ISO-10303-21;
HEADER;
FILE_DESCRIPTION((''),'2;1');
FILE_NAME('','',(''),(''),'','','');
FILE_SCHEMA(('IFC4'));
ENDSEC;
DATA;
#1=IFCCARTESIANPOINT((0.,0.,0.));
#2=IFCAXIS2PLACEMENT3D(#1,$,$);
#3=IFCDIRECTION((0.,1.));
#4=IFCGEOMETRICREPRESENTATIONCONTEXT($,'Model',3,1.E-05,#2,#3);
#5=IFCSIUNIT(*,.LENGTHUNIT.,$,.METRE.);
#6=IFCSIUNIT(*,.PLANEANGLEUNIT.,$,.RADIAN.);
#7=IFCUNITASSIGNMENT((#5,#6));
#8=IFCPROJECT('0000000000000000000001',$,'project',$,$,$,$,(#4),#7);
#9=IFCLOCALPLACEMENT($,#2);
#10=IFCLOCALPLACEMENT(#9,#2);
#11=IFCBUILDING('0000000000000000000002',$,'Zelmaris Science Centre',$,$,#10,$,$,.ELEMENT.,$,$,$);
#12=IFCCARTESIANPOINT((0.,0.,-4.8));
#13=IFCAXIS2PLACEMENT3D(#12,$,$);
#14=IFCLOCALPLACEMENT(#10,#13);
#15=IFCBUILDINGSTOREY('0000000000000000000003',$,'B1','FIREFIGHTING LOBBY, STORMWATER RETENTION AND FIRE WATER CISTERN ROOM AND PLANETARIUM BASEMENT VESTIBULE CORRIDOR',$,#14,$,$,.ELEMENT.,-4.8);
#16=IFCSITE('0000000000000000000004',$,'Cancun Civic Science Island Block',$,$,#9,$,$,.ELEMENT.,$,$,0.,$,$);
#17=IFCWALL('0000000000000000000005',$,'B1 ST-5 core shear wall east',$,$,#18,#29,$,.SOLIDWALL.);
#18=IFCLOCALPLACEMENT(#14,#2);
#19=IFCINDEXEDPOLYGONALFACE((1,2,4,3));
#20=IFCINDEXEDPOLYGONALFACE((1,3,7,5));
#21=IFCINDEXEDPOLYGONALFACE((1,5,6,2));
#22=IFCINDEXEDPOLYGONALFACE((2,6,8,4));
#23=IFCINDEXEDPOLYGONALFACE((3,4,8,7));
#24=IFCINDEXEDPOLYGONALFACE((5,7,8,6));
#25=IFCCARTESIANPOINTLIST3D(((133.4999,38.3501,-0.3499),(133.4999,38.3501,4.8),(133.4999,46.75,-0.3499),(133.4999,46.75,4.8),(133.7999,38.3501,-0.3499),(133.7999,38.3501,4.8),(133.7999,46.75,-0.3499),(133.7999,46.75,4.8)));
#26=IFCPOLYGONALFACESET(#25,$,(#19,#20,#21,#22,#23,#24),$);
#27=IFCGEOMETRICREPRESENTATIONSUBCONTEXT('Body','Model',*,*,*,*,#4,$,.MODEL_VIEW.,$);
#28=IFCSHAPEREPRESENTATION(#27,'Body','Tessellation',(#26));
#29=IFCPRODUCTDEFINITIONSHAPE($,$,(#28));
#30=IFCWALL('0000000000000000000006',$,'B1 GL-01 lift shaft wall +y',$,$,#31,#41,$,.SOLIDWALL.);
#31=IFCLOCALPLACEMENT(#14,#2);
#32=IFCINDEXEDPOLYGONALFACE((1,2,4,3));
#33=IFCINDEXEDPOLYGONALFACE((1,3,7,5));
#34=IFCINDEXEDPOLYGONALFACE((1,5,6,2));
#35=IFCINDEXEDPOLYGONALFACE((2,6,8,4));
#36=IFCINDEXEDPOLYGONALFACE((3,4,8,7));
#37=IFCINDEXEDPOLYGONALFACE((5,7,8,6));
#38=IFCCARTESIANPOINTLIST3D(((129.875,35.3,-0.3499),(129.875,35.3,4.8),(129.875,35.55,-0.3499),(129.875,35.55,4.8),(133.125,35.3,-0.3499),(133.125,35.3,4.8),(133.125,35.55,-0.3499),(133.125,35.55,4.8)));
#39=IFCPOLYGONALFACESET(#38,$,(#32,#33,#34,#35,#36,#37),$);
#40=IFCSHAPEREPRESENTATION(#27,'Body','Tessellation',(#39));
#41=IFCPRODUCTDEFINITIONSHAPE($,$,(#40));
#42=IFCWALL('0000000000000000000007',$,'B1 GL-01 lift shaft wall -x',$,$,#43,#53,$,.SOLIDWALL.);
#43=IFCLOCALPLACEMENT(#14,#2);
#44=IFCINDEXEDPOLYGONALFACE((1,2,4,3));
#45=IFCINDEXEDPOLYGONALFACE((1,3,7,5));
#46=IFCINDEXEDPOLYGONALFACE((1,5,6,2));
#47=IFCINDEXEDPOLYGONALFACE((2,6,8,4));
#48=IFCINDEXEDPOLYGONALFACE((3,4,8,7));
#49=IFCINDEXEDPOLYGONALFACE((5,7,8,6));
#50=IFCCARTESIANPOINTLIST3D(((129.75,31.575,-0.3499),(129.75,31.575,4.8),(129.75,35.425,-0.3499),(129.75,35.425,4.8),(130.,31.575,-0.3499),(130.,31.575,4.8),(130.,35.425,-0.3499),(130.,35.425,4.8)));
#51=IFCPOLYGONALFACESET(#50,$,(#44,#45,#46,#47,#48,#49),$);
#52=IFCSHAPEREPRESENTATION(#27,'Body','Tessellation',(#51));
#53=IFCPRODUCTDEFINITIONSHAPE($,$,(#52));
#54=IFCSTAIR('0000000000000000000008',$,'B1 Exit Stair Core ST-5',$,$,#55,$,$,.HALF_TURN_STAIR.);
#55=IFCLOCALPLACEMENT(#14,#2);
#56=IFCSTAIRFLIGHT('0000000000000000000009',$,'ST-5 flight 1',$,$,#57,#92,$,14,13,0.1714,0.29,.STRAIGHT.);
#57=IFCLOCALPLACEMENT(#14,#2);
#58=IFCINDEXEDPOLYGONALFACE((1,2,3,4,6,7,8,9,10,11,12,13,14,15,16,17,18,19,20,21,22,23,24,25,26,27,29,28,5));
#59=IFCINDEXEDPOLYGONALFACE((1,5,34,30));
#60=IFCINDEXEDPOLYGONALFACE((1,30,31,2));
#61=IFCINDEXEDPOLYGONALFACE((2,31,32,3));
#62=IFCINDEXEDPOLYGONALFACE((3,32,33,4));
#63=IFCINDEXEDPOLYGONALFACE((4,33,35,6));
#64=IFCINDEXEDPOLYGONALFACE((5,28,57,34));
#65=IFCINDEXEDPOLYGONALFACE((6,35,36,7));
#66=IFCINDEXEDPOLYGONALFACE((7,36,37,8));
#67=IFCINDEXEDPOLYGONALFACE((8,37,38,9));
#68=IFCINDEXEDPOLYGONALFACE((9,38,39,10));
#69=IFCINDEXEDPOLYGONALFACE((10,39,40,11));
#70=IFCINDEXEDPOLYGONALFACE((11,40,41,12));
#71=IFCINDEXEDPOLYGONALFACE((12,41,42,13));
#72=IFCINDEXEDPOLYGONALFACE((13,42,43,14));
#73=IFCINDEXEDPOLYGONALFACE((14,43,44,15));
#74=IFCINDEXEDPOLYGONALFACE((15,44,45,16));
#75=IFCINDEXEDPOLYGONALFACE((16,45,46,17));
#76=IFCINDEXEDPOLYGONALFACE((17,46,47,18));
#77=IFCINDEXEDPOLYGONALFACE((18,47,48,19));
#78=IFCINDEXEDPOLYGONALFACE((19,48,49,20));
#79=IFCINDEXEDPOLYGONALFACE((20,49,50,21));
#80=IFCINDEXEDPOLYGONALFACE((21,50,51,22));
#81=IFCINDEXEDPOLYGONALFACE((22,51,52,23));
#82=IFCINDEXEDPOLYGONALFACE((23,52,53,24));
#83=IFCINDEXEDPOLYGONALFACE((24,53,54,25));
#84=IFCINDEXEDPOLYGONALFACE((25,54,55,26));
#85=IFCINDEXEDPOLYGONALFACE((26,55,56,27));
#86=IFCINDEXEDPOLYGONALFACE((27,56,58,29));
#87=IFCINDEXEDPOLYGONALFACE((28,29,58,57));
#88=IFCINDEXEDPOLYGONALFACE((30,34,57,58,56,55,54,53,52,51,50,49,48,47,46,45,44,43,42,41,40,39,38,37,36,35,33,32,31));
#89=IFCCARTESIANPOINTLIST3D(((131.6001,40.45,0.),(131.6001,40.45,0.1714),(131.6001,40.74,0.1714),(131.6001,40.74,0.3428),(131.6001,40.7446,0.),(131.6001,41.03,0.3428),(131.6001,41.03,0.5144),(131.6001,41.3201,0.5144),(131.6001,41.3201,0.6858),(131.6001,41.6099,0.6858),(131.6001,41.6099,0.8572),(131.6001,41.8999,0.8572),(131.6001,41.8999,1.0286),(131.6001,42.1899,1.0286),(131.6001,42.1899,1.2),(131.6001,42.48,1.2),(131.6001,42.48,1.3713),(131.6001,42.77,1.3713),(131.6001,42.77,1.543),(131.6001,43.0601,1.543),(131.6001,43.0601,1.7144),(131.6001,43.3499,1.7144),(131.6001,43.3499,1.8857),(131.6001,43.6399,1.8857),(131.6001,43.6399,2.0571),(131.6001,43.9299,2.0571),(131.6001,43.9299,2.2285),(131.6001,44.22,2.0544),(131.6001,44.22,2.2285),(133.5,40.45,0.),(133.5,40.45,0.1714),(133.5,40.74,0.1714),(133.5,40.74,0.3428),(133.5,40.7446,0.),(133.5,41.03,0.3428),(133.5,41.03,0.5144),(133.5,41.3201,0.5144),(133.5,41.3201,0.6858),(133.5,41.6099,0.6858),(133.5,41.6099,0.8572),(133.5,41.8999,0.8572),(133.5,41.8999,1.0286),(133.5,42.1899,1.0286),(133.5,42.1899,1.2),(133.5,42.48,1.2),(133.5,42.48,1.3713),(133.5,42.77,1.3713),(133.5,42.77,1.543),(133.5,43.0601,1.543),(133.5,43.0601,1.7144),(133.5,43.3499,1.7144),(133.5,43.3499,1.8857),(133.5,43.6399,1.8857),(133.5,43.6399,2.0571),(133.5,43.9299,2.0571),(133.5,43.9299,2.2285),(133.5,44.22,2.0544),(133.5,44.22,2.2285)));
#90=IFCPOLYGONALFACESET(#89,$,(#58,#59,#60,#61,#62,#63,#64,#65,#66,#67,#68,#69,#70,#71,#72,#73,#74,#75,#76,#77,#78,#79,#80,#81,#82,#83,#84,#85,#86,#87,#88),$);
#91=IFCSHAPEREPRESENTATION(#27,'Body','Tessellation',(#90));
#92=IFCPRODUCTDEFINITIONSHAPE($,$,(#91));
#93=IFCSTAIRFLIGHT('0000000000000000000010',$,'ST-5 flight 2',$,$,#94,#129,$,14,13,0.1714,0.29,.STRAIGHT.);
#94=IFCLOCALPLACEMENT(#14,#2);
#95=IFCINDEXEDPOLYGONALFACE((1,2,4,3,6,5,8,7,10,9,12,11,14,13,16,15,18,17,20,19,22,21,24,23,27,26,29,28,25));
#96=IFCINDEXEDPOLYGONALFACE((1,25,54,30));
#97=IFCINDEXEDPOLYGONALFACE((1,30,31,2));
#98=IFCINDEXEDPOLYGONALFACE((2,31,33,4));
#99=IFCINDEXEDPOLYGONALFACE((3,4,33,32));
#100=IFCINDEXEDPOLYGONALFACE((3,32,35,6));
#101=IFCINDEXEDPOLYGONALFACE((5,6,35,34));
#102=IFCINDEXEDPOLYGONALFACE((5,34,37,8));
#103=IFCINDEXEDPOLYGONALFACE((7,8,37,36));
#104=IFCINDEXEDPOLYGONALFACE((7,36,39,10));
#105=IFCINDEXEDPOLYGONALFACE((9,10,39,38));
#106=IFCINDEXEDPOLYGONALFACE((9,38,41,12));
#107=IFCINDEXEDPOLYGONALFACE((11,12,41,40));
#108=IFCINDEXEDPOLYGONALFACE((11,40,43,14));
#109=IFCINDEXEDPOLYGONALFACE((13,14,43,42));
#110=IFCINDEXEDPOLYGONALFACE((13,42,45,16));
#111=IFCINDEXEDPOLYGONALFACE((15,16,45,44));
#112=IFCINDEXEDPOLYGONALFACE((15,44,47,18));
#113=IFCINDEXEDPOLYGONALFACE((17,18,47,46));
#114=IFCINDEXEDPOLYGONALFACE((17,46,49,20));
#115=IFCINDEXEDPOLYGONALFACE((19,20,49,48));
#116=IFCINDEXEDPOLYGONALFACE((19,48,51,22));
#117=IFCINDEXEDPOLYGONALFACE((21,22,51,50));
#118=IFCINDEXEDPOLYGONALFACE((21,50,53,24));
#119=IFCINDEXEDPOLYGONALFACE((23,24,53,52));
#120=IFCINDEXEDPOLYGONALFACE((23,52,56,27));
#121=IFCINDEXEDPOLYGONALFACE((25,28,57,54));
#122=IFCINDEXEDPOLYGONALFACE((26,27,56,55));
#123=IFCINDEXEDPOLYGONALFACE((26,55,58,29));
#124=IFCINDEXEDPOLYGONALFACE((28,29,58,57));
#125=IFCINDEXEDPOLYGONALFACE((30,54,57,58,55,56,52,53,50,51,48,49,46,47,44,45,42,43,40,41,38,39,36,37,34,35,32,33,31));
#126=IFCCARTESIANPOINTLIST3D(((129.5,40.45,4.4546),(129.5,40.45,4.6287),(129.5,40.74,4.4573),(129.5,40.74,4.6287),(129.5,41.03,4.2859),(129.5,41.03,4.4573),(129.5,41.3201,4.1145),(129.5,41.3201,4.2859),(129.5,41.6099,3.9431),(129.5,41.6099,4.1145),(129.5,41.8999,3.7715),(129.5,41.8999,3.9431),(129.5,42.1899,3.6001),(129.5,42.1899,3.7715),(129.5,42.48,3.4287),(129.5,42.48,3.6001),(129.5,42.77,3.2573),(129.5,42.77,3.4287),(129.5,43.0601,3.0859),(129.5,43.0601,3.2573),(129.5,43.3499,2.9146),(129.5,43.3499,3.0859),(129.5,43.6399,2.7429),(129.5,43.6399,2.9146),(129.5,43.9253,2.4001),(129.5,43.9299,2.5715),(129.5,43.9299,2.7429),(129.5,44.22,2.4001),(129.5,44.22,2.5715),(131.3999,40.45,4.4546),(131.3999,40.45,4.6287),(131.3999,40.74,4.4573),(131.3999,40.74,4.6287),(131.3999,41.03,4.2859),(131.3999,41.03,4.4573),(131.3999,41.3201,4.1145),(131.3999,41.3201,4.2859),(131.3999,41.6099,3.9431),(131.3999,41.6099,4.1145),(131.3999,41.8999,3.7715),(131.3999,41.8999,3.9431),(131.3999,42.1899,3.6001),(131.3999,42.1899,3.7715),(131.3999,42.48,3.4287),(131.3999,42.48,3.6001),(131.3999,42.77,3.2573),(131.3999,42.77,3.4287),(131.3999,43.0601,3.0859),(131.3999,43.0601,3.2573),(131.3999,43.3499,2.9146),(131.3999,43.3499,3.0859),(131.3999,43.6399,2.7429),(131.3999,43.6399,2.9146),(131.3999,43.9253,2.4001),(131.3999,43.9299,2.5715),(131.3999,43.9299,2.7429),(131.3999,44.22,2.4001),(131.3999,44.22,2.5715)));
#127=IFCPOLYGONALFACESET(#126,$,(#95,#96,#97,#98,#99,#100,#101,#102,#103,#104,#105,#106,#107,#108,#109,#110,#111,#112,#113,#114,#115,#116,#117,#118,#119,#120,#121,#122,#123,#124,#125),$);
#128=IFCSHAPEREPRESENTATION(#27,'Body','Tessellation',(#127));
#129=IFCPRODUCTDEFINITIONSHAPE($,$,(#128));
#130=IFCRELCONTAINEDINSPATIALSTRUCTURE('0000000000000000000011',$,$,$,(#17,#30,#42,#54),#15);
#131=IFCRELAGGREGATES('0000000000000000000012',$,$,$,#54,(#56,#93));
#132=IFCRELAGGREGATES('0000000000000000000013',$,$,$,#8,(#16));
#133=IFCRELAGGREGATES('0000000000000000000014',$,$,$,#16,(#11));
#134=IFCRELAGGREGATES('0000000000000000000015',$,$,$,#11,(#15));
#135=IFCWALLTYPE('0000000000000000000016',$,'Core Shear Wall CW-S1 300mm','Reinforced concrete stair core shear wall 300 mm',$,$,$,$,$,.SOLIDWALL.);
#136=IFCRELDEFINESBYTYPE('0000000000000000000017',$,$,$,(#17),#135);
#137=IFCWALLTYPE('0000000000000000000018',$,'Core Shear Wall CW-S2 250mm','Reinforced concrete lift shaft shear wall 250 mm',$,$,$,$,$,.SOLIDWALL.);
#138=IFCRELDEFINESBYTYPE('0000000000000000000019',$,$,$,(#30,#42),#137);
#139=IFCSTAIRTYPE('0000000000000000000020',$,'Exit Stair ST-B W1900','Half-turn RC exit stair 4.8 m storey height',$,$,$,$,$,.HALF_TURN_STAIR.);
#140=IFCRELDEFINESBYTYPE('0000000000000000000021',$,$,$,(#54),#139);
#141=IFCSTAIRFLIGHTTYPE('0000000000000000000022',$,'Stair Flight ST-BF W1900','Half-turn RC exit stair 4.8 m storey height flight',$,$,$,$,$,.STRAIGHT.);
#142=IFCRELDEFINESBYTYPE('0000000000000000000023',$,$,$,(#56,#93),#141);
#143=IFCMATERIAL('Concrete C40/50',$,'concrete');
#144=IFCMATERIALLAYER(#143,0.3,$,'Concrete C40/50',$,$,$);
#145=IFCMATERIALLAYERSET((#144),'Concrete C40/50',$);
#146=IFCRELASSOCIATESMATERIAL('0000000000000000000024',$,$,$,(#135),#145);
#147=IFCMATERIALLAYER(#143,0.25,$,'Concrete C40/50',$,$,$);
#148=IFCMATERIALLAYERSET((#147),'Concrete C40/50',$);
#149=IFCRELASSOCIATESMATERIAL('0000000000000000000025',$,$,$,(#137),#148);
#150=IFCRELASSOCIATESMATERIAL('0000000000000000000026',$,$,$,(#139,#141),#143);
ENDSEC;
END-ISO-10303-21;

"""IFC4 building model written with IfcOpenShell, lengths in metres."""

from ifc_helpers import new_model, si_unit, direction, frame, frame_2d, origin, place, context, subcontext, project, spatial, polyline, rectangle, outline, extrude, material, layer, layer_set, type_object, element, aggregate, save


model = new_model("IFC4")

# Units and contexts
model_context = context("Model", 3, precision=1e-05, world=origin(), true_north=direction((0.0, 1.0)))
body_context = subcontext(model_context, "Body", "Model", "MODEL_VIEW")
ifc_project = project(units=[si_unit("LENGTHUNIT", "METRE"), si_unit("PLANEANGLEUNIT", "RADIAN")], contexts=[model_context])

# Site, building, storey
site_placement = place(None, origin())
site = spatial("IfcSite", under=ifc_project, at=site_placement, Name="Cancun Civic Science Island Block", CompositionType="ELEMENT", RefElevation=0.0)
building_placement = place(site_placement, origin())
building = spatial("IfcBuilding", under=site, at=building_placement, Name="Zelmaris Science Centre", CompositionType="ELEMENT")
storey_placement = place(building_placement, frame((0.0, 0.0, -4.8)))
storey = spatial("IfcBuildingStorey", under=building, at=storey_placement, Name="B1", Description="FIREFIGHTING LOBBY, STORMWATER RETENTION AND FIRE WATER CISTERN ROOM AND PLANETARIUM BASEMENT VESTIBULE CORRIDOR", CompositionType="ELEMENT", Elevation=-4.8)

# Shared definitions
ifc_material_1 = material(Name="Concrete C40/50", Category="concrete")

# Shared definitions
ifc_layer_1 = layer(ifc_material_1, 0.3, Name="Concrete C40/50")
ifc_layer_set_1 = layer_set([ifc_layer_1], Name="Concrete C40/50")
wall_type_1 = type_object("IfcWallType", Name="Core Shear Wall CW-S1 300mm", Description="Reinforced concrete stair core shear wall 300 mm", PredefinedType="SOLIDWALL", material=ifc_layer_set_1)

# Walls
wall_1_placement = place(storey_placement, frame((133.6499, 38.3501, -0.3499), z_axis=(0.0, 0.0, 1.0), x_axis=(0.0, 1.0, 0.0)))
element("IfcWall", 1, at=wall_1_placement, inside=storey, type_object=wall_type_1, Name="B1 ST-5 core shear wall east", PredefinedType="SOLIDWALL", context=body_context, shape_type="SweptSolid", body=[
    extrude(rectangle(XDim=8.3999, YDim=0.3, at=frame_2d((4.2, 0.0))), origin(), (0.0, 0.0, 1.0), 5.1499),
])
ifc_layer_2 = layer(ifc_material_1, 0.25, Name="Concrete C40/50")
ifc_layer_set_2 = layer_set([ifc_layer_2], Name="Concrete C40/50")
wall_type_2 = type_object("IfcWallType", Name="Core Shear Wall CW-S2 250mm", Description="Reinforced concrete lift shaft shear wall 250 mm", PredefinedType="SOLIDWALL", material=ifc_layer_set_2)
wall_2_placement = place(storey_placement, frame((133.125, 35.425, -0.3499), z_axis=(0.0, 0.0, 1.0), x_axis=(-1.0, 0.0, 0.0)))
element("IfcWall", 2, at=wall_2_placement, inside=storey, type_object=wall_type_2, Name="B1 GL-01 lift shaft wall +y", PredefinedType="SOLIDWALL", context=body_context, shape_type="SweptSolid", body=[
    extrude(rectangle(XDim=3.25, YDim=0.25, at=frame_2d((1.625, 0.0))), origin(), (0.0, 0.0, 1.0), 5.1499),
])
wall_3_placement = place(storey_placement, frame((129.875, 35.425, -0.3499), z_axis=(0.0, 0.0, 1.0), x_axis=(0.0, -1.0, 0.0)))
element("IfcWall", 3, at=wall_3_placement, inside=storey, type_object=wall_type_2, Name="B1 GL-01 lift shaft wall -x", PredefinedType="SOLIDWALL", context=body_context, shape_type="SweptSolid", body=[
    extrude(rectangle(XDim=3.8501, YDim=0.25, at=frame_2d((1.925, 0.0))), origin(), (0.0, 0.0, 1.0), 5.1499),
])

# Stair, stair flights
stair_type = type_object("IfcStairType", Name="Exit Stair ST-B W1900", Description="Half-turn RC exit stair 4.8 m storey height", PredefinedType="HALF_TURN_STAIR", material=ifc_material_1)
stair_placement = place(storey_placement, origin())
stair = element("IfcStair", 4, at=stair_placement, inside=storey, type_object=stair_type, Name="B1 Exit Stair Core ST-5", PredefinedType="HALF_TURN_STAIR")
stair_flight_type = type_object("IfcStairFlightType", Name="Stair Flight ST-BF W1900", Description="Half-turn RC exit stair 4.8 m storey height flight", PredefinedType="STRAIGHT", material=ifc_material_1)
stair_flight_1_placement = place(storey_placement, frame((132.55, 40.45, 0.0), z_axis=(0.0, 0.0, 1.0), x_axis=(0.0, 1.0, 0.0)))
stair_flight_1 = element("IfcStairFlight", 5, at=stair_flight_1_placement, type_object=stair_flight_type, Name="ST-5 flight 1", NumberOfRisers=14, NumberOfTreads=13, PredefinedType="STRAIGHT", RiserHeight=0.1714, TreadLength=0.29, context=body_context, shape_type="SweptSolid", body=[
    extrude(outline(polyline([(0.0, 0.0), (0.0, 0.1714), (0.29, 0.1714), (0.29, 0.3428), (0.5801, 0.3428), (0.5801, 0.5144), (0.8701, 0.5144), (0.8701, 0.6858), (1.1599, 0.6858), (1.1599, 0.8572), (1.45, 0.8572), (1.45, 1.0286), (1.74, 1.0286), (1.74, 1.2), (2.03, 1.2), (2.03, 1.3713), (2.3201, 1.3713), (2.3201, 1.543), (2.6101, 1.543), (2.6101, 1.7144), (2.8999, 1.7144), (2.8999, 1.8857), (3.1899, 1.8857), (3.1899, 2.0571), (3.48, 2.0571), (3.48, 2.2285), (3.77, 2.2285), (3.77, 2.3999), (3.77, 2.0544), (0.2947, 0.0), (0.0, 0.0)])), frame((0.0, 0.95, 0.0), z_axis=(0.0, -1.0, 0.0), x_axis=(1.0, 0.0, 0.0)), (0.0, 0.0, 1.0), 1.8999),
])
stair_flight_2_placement = place(storey_placement, frame((130.45, 44.22, 2.4001), z_axis=(0.0, 0.0, 1.0), x_axis=(0.0, -1.0, 0.0)))
stair_flight_2 = element("IfcStairFlight", 6, at=stair_flight_2_placement, type_object=stair_flight_type, Name="ST-5 flight 2", NumberOfRisers=14, NumberOfTreads=13, PredefinedType="STRAIGHT", RiserHeight=0.1714, TreadLength=0.29, context=body_context, shape_type="SweptSolid", body=[
    extrude(outline(polyline([(0.0, 0.0), (0.0, 0.1714), (0.29, 0.1714), (0.29, 0.3428), (0.5801, 0.3428), (0.5801, 0.5144), (0.8701, 0.5144), (0.8701, 0.6858), (1.1599, 0.6858), (1.1599, 0.8572), (1.45, 0.8572), (1.45, 1.0286), (1.74, 1.0286), (1.74, 1.2), (2.03, 1.2), (2.03, 1.3713), (2.3201, 1.3713), (2.3201, 1.543), (2.6101, 1.543), (2.6101, 1.7144), (2.8999, 1.7144), (2.8999, 1.8857), (3.1899, 1.8857), (3.1899, 2.0571), (3.48, 2.0571), (3.48, 2.2285), (3.77, 2.2285), (3.77, 2.3999), (3.77, 2.0544), (0.2947, 0.0), (0.0, 0.0)])), frame((0.0, 0.95, 0.0), z_axis=(0.0, -1.0, 0.0), x_axis=(1.0, 0.0, 0.0)), (0.0, 0.0, 1.0), 1.8999),
])
aggregate(stair, [stair_flight_1, stair_flight_2])

save(model, "model.ifc")
